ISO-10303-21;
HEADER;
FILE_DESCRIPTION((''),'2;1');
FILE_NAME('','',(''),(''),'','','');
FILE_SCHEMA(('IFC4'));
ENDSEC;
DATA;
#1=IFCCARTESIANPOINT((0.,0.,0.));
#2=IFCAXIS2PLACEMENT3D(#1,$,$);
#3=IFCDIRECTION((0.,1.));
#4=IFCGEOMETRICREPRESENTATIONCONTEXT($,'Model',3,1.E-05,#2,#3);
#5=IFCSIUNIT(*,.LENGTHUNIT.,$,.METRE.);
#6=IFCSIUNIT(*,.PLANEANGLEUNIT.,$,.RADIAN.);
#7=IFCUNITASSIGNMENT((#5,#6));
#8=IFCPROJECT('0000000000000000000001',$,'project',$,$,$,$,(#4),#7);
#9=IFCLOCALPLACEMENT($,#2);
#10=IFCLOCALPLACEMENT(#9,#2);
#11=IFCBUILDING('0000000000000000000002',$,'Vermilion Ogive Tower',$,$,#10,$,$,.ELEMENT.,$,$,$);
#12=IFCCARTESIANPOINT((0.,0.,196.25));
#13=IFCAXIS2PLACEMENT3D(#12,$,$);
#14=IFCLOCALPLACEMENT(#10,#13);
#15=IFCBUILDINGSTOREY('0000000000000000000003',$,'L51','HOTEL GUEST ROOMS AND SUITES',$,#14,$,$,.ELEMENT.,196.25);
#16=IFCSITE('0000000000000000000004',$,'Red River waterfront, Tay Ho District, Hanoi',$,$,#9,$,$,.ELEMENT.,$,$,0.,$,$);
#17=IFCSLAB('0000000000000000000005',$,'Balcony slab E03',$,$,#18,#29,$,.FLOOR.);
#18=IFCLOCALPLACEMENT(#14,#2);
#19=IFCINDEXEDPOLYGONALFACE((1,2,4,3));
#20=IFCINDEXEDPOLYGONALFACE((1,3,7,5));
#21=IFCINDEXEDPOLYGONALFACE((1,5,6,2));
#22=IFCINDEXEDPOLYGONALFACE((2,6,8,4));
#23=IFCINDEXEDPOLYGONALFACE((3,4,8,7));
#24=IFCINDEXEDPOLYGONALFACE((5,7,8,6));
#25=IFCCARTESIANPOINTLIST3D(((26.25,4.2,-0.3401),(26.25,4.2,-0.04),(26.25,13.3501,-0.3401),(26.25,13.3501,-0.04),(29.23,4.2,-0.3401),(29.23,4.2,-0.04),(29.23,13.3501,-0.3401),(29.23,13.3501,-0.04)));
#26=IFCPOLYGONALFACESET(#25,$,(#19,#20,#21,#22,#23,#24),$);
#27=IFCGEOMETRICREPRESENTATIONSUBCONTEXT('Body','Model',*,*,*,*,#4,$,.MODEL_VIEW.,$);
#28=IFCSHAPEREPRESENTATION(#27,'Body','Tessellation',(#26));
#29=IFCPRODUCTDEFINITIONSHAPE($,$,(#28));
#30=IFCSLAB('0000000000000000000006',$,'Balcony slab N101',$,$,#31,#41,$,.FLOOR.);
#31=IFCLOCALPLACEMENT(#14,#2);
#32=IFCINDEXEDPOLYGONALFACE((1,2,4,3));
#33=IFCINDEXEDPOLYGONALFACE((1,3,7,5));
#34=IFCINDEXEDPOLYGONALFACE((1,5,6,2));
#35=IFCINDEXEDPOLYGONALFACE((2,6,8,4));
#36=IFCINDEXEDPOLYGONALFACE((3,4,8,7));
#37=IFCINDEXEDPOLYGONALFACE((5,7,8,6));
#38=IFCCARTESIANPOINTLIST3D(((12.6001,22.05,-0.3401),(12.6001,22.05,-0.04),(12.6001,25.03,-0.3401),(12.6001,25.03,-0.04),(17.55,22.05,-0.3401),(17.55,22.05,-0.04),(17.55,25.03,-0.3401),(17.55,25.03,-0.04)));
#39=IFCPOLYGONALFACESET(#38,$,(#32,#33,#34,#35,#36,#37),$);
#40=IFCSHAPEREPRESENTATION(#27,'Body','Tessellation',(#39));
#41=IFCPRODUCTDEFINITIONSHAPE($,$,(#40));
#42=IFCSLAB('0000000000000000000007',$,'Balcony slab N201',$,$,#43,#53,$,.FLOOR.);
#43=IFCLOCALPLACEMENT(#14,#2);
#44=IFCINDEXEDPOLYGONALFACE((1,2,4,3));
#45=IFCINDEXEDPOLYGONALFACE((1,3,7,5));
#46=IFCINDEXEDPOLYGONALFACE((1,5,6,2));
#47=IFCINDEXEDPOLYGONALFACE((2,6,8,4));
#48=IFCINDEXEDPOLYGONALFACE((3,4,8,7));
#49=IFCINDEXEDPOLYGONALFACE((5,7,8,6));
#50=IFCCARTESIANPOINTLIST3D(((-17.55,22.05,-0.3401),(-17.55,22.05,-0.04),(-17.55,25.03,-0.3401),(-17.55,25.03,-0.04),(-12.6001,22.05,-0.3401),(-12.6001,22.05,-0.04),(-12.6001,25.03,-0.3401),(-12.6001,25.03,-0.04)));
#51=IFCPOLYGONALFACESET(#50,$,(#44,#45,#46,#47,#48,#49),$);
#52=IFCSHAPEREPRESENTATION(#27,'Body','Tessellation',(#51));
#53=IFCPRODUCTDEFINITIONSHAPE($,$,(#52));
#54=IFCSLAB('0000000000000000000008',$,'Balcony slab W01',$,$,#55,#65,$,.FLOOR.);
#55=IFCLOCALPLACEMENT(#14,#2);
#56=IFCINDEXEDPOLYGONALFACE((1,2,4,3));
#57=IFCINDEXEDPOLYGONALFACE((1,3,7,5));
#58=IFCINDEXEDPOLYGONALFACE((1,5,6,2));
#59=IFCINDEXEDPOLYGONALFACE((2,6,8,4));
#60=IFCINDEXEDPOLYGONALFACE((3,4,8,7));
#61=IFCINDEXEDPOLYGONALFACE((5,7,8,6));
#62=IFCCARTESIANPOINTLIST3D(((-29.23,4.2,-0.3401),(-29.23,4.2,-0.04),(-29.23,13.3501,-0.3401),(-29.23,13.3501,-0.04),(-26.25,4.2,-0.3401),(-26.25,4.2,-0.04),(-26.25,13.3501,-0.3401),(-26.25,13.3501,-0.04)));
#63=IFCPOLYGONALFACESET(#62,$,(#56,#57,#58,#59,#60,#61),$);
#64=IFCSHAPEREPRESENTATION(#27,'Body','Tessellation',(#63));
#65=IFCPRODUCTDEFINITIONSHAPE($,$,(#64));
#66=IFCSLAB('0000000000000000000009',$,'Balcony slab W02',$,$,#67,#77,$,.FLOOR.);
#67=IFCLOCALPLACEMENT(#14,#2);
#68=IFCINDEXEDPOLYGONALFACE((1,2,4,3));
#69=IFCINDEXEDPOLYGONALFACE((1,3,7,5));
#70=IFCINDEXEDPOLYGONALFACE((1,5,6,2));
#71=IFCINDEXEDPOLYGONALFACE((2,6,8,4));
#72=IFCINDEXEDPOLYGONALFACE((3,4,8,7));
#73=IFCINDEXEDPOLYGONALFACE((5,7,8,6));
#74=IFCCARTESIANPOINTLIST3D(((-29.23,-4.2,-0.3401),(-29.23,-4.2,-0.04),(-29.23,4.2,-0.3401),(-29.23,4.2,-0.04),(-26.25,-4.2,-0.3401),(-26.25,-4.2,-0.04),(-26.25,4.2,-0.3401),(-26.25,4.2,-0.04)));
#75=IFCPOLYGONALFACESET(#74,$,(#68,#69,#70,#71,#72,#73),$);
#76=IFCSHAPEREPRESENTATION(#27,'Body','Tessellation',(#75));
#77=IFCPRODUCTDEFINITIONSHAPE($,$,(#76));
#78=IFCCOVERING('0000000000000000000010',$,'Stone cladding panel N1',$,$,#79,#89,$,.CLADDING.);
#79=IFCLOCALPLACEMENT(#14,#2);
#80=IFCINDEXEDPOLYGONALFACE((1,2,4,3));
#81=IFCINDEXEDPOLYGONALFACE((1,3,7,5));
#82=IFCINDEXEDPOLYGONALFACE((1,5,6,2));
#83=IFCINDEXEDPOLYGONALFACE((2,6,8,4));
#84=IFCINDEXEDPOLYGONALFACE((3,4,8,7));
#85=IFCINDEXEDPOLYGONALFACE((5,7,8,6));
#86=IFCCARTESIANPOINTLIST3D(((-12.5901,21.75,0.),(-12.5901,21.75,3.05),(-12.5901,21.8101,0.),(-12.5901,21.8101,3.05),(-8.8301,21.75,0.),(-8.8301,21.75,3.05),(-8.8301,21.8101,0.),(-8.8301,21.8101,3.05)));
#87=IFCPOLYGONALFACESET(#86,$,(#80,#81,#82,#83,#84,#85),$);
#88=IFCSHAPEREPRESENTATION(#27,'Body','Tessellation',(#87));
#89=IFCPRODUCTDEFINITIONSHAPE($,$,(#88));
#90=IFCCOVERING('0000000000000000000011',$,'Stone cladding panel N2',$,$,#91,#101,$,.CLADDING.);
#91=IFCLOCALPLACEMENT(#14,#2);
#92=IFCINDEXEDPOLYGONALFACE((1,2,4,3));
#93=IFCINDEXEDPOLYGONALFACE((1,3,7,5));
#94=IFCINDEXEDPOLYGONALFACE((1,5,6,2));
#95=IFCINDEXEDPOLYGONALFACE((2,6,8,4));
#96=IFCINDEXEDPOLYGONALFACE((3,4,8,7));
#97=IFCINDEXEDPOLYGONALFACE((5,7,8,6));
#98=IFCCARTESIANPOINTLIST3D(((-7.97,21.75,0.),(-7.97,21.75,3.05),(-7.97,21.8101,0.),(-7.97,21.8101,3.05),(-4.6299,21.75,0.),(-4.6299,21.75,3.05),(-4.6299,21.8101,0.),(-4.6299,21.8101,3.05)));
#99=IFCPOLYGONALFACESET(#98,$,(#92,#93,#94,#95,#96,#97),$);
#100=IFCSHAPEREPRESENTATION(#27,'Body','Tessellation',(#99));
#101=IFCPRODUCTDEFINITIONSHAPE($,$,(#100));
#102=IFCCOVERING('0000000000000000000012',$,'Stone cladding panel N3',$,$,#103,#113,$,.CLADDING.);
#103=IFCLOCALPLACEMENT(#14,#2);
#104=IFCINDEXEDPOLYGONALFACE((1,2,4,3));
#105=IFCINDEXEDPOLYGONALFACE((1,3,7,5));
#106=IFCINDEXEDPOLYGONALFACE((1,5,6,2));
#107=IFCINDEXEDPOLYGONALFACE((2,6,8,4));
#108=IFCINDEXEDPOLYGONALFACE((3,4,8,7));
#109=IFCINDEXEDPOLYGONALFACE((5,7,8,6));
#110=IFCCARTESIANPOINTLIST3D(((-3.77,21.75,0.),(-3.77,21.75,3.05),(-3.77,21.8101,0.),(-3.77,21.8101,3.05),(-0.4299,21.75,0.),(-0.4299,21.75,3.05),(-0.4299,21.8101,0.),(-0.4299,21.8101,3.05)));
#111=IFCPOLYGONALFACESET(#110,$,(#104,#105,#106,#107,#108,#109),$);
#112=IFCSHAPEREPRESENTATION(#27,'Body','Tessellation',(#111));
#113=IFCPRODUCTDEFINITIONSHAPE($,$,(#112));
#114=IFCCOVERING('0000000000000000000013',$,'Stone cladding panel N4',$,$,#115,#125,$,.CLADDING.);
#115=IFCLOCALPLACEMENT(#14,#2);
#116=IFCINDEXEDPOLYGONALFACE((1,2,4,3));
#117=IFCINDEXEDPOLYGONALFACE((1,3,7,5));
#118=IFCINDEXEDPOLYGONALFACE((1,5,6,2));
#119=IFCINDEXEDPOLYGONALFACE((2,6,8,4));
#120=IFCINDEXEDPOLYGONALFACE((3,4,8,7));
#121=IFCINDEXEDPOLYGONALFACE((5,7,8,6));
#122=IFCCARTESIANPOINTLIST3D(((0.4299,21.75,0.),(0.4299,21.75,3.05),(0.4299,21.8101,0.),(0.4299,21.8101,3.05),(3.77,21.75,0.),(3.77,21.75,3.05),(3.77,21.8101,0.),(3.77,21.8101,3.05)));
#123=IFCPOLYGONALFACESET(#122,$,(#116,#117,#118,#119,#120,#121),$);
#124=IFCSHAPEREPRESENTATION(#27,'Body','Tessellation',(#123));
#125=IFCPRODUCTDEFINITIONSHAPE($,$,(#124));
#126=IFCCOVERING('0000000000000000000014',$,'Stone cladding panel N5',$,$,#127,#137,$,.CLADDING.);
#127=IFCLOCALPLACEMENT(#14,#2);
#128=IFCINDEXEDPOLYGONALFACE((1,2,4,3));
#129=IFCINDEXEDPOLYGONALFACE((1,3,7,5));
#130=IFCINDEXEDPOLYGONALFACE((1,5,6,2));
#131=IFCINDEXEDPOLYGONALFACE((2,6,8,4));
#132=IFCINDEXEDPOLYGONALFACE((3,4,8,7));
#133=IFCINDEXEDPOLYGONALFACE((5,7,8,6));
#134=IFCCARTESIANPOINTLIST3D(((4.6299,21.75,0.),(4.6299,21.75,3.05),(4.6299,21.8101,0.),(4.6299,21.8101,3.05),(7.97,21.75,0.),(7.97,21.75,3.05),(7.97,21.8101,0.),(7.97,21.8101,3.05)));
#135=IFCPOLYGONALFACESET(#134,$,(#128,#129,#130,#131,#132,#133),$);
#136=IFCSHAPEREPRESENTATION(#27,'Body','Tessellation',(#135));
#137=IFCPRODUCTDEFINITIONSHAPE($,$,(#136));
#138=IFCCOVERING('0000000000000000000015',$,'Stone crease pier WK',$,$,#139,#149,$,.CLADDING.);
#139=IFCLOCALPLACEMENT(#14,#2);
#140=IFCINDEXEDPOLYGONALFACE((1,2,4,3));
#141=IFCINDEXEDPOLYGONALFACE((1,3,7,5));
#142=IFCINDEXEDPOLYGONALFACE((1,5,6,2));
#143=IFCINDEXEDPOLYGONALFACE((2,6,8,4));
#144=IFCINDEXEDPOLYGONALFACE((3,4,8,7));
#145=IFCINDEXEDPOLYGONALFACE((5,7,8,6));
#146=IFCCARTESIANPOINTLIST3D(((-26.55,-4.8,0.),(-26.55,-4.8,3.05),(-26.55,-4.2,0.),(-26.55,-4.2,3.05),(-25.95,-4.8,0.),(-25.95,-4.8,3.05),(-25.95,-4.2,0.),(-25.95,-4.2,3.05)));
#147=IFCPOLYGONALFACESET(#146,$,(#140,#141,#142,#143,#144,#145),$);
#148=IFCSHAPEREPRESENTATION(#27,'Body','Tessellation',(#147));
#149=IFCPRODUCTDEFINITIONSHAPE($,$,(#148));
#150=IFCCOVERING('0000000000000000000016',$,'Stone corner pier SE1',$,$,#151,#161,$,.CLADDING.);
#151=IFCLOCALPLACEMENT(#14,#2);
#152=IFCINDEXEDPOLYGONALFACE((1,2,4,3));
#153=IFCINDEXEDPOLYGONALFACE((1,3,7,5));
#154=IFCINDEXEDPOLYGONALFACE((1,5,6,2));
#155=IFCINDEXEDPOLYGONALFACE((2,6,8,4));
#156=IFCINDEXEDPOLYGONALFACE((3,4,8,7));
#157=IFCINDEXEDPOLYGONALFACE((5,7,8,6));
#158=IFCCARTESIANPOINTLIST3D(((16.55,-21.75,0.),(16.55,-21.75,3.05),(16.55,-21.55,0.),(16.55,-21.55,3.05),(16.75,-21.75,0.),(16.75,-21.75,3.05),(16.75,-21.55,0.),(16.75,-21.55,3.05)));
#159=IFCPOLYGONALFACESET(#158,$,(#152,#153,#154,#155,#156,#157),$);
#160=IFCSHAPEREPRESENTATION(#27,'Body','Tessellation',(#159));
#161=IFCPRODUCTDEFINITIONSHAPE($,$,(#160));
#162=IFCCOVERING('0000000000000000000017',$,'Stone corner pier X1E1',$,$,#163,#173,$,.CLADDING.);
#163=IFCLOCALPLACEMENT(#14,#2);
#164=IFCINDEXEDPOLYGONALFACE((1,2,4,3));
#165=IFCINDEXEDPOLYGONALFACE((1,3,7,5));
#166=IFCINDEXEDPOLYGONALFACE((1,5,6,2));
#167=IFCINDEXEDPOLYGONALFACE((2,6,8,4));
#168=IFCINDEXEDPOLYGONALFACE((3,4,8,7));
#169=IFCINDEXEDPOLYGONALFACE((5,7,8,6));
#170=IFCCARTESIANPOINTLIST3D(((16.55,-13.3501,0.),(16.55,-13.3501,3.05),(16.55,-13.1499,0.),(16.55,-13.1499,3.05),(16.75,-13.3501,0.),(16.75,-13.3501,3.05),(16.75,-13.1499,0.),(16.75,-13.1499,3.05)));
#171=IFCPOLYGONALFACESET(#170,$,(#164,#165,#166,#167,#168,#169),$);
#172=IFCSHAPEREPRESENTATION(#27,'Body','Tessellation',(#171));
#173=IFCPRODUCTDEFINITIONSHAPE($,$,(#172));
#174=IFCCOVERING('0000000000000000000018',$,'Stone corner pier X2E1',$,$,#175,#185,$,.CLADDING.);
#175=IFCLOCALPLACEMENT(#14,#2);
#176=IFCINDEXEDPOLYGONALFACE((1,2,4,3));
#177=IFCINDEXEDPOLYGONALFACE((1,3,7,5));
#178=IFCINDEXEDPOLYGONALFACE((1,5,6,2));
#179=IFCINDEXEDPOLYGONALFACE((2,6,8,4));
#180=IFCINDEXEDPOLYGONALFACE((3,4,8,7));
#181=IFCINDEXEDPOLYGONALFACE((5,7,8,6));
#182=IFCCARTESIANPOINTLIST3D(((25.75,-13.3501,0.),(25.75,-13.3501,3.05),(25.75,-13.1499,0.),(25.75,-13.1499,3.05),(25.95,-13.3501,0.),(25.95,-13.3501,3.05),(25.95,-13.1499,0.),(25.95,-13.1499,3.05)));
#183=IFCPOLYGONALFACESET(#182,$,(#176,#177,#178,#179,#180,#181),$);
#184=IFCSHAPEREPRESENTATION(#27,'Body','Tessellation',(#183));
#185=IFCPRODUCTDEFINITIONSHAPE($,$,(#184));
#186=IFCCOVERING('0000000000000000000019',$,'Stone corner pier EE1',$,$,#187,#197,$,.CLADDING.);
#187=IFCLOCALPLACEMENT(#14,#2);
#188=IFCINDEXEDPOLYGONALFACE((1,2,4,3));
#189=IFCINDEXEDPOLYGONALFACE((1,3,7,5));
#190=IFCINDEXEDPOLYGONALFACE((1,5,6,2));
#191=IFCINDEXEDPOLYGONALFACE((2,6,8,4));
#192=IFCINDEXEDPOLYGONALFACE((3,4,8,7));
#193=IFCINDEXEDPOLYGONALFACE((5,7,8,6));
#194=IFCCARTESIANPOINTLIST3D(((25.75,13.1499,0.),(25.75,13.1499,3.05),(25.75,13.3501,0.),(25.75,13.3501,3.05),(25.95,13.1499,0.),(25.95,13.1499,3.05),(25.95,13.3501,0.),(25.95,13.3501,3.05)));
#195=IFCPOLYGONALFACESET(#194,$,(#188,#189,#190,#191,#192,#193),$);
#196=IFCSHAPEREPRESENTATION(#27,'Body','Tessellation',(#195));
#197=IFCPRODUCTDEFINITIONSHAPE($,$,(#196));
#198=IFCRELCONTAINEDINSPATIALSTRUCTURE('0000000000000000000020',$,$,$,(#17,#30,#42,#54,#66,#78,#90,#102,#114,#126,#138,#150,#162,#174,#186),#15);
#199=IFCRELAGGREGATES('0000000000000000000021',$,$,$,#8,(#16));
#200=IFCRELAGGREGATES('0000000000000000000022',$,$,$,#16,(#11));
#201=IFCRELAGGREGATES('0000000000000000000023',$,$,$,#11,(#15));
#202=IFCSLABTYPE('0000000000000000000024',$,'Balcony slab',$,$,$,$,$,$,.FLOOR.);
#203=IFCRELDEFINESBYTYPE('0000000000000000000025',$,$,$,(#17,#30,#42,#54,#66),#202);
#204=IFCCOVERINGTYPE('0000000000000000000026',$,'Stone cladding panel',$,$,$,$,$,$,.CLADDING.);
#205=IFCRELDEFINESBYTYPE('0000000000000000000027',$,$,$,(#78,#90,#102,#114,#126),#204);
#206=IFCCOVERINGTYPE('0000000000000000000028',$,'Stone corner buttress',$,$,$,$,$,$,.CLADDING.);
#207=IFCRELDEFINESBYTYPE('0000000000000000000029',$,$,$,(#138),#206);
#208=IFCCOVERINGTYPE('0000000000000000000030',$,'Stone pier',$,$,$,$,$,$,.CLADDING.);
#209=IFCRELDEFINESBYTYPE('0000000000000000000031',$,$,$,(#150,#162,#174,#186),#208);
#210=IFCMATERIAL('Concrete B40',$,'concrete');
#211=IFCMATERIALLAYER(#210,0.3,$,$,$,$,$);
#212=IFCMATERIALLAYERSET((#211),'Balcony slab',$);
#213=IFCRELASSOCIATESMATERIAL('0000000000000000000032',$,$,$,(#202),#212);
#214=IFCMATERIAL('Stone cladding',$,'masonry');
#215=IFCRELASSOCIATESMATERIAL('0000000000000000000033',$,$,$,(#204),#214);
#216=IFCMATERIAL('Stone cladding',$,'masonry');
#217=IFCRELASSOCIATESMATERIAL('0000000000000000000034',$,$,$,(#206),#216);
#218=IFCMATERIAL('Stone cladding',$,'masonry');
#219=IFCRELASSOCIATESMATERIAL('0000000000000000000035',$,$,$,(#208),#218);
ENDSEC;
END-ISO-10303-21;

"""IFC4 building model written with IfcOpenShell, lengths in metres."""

from ifc_helpers import new_model, si_unit, direction, frame, origin, place, context, subcontext, project, spatial, polyline, outline, extrude, material, layer, layer_set, type_object, element, save


model = new_model("IFC4")

# Units and contexts
model_context = context("Model", 3, precision=1e-05, world=origin(), true_north=direction((0.0, 1.0)))
body_context = subcontext(model_context, "Body", "Model", "MODEL_VIEW")
ifc_project = project(units=[si_unit("LENGTHUNIT", "METRE"), si_unit("PLANEANGLEUNIT", "RADIAN")], contexts=[model_context])

# Site, building, storey
site_placement = place(None, origin())
site = spatial("IfcSite", under=ifc_project, at=site_placement, Name="Red River waterfront, Tay Ho District, Hanoi", CompositionType="ELEMENT", RefElevation=0.0)
building_placement = place(site_placement, origin())
building = spatial("IfcBuilding", under=site, at=building_placement, Name="Vermilion Ogive Tower", CompositionType="ELEMENT")
storey_placement = place(building_placement, frame((0.0, 0.0, 196.25)))
storey = spatial("IfcBuildingStorey", under=building, at=storey_placement, Name="L51", Description="HOTEL GUEST ROOMS AND SUITES", CompositionType="ELEMENT", Elevation=196.25)

# Slabs
ifc_material_1 = material(Name="Concrete B40", Category="concrete")
ifc_layer = layer(ifc_material_1, 0.3)
ifc_layer_set = layer_set([ifc_layer], Name="Balcony slab")
slab_type = type_object("IfcSlabType", Name="Balcony slab", PredefinedType="FLOOR", material=ifc_layer_set)
slab_1_placement = place(storey_placement, frame((0.0, 0.0, -0.3401)))
element("IfcSlab", 1, at=slab_1_placement, inside=storey, type_object=slab_type, Name="Balcony slab E03", PredefinedType="FLOOR", context=body_context, shape_type="SweptSolid", body=[
    extrude(outline(polyline([(29.23, 4.2), (29.23, 13.3501), (26.25, 13.3501), (26.25, 4.2), (29.23, 4.2)])), origin(), (0.0, 0.0, 1.0), 0.3),
])
slab_2_placement = place(storey_placement, frame((0.0, 0.0, -0.3401)))
element("IfcSlab", 2, at=slab_2_placement, inside=storey, type_object=slab_type, Name="Balcony slab N101", PredefinedType="FLOOR", context=body_context, shape_type="SweptSolid", body=[
    extrude(outline(polyline([(17.55, 25.03), (12.6001, 25.03), (12.6001, 22.05), (17.55, 22.05), (17.55, 25.03)])), origin(), (0.0, 0.0, 1.0), 0.3),
])
slab_3_placement = place(storey_placement, frame((0.0, 0.0, -0.3401)))
element("IfcSlab", 3, at=slab_3_placement, inside=storey, type_object=slab_type, Name="Balcony slab N201", PredefinedType="FLOOR", context=body_context, shape_type="SweptSolid", body=[
    extrude(outline(polyline([(-12.6001, 25.03), (-17.55, 25.03), (-17.55, 22.05), (-12.6001, 22.05), (-12.6001, 25.03)])), origin(), (0.0, 0.0, 1.0), 0.3),
])
slab_4_placement = place(storey_placement, frame((0.0, 0.0, -0.3401)))
element("IfcSlab", 4, at=slab_4_placement, inside=storey, type_object=slab_type, Name="Balcony slab W01", PredefinedType="FLOOR", context=body_context, shape_type="SweptSolid", body=[
    extrude(outline(polyline([(-29.23, 13.3501), (-29.23, 4.2), (-26.25, 4.2), (-26.25, 13.3501), (-29.23, 13.3501)])), origin(), (0.0, 0.0, 1.0), 0.3),
])
slab_5_placement = place(storey_placement, frame((0.0, 0.0, -0.3401)))
element("IfcSlab", 5, at=slab_5_placement, inside=storey, type_object=slab_type, Name="Balcony slab W02", PredefinedType="FLOOR", context=body_context, shape_type="SweptSolid", body=[
    extrude(outline(polyline([(-29.23, 4.2), (-29.23, -4.2), (-26.25, -4.2), (-26.25, 4.2), (-29.23, 4.2)])), origin(), (0.0, 0.0, 1.0), 0.3),
])

# Coverings
ifc_material_2 = material(Name="Stone cladding", Category="masonry")
covering_type_1 = type_object("IfcCoveringType", Name="Stone cladding panel", PredefinedType="CLADDING", material=ifc_material_2)
covering_1_placement = place(storey_placement, origin())
element("IfcCovering", 6, at=covering_1_placement, inside=storey, type_object=covering_type_1, Name="Stone cladding panel N1", PredefinedType="CLADDING", context=body_context, shape_type="SweptSolid", body=[
    extrude(outline(polyline([(-12.5901, 21.75), (-8.8301, 21.75), (-8.8301, 21.8101), (-12.5901, 21.8101), (-12.5901, 21.75)])), origin(), (0.0, 0.0, 1.0), 3.05),
])
covering_2_placement = place(storey_placement, origin())
element("IfcCovering", 7, at=covering_2_placement, inside=storey, type_object=covering_type_1, Name="Stone cladding panel N2", PredefinedType="CLADDING", context=body_context, shape_type="SweptSolid", body=[
    extrude(outline(polyline([(-7.97, 21.75), (-4.6299, 21.75), (-4.6299, 21.8101), (-7.97, 21.8101), (-7.97, 21.75)])), origin(), (0.0, 0.0, 1.0), 3.05),
])
covering_3_placement = place(storey_placement, origin())
element("IfcCovering", 8, at=covering_3_placement, inside=storey, type_object=covering_type_1, Name="Stone cladding panel N3", PredefinedType="CLADDING", context=body_context, shape_type="SweptSolid", body=[
    extrude(outline(polyline([(-3.77, 21.75), (-0.4299, 21.75), (-0.4299, 21.8101), (-3.77, 21.8101), (-3.77, 21.75)])), origin(), (0.0, 0.0, 1.0), 3.05),
])
covering_4_placement = place(storey_placement, origin())
element("IfcCovering", 9, at=covering_4_placement, inside=storey, type_object=covering_type_1, Name="Stone cladding panel N4", PredefinedType="CLADDING", context=body_context, shape_type="SweptSolid", body=[
    extrude(outline(polyline([(0.4299, 21.75), (3.77, 21.75), (3.77, 21.8101), (0.4299, 21.8101), (0.4299, 21.75)])), origin(), (0.0, 0.0, 1.0), 3.05),
])
covering_5_placement = place(storey_placement, origin())
element("IfcCovering", 10, at=covering_5_placement, inside=storey, type_object=covering_type_1, Name="Stone cladding panel N5", PredefinedType="CLADDING", context=body_context, shape_type="SweptSolid", body=[
    extrude(outline(polyline([(4.6299, 21.75), (7.97, 21.75), (7.97, 21.8101), (4.6299, 21.8101), (4.6299, 21.75)])), origin(), (0.0, 0.0, 1.0), 3.05),
])
ifc_material_3 = material(Name="Stone cladding", Category="masonry")
covering_type_2 = type_object("IfcCoveringType", Name="Stone corner buttress", PredefinedType="CLADDING", material=ifc_material_3)
covering_6_placement = place(storey_placement, origin())
element("IfcCovering", 11, at=covering_6_placement, inside=storey, type_object=covering_type_2, Name="Stone crease pier WK", PredefinedType="CLADDING", context=body_context, shape_type="SweptSolid", body=[
    extrude(outline(polyline([(-26.55, -4.2), (-26.55, -4.8), (-25.95, -4.8), (-25.95, -4.2), (-26.55, -4.2)])), origin(), (0.0, 0.0, 1.0), 3.05),
])
ifc_material_4 = material(Name="Stone cladding", Category="masonry")
covering_type_3 = type_object("IfcCoveringType", Name="Stone pier", PredefinedType="CLADDING", material=ifc_material_4)
covering_7_placement = place(storey_placement, origin())
element("IfcCovering", 12, at=covering_7_placement, inside=storey, type_object=covering_type_3, Name="Stone corner pier SE1", PredefinedType="CLADDING", context=body_context, shape_type="SweptSolid", body=[
    extrude(outline(polyline([(16.55, -21.55), (16.75, -21.55), (16.75, -21.75), (16.55, -21.75), (16.55, -21.55)])), origin(), (0.0, 0.0, 1.0), 3.05),
])
covering_8_placement = place(storey_placement, origin())
element("IfcCovering", 13, at=covering_8_placement, inside=storey, type_object=covering_type_3, Name="Stone corner pier X1E1", PredefinedType="CLADDING", context=body_context, shape_type="SweptSolid", body=[
    extrude(outline(polyline([(16.55, -13.1499), (16.75, -13.1499), (16.75, -13.3501), (16.55, -13.3501), (16.55, -13.1499)])), origin(), (0.0, 0.0, 1.0), 3.05),
])
covering_9_placement = place(storey_placement, origin())
element("IfcCovering", 14, at=covering_9_placement, inside=storey, type_object=covering_type_3, Name="Stone corner pier X2E1", PredefinedType="CLADDING", context=body_context, shape_type="SweptSolid", body=[
    extrude(outline(polyline([(25.75, -13.1499), (25.95, -13.1499), (25.95, -13.3501), (25.75, -13.3501), (25.75, -13.1499)])), origin(), (0.0, 0.0, 1.0), 3.05),
])
covering_10_placement = place(storey_placement, origin())
element("IfcCovering", 15, at=covering_10_placement, inside=storey, type_object=covering_type_3, Name="Stone corner pier EE1", PredefinedType="CLADDING", context=body_context, shape_type="SweptSolid", body=[
    extrude(outline(polyline([(25.75, 13.1499), (25.75, 13.3501), (25.95, 13.3501), (25.95, 13.1499), (25.75, 13.1499)])), origin(), (0.0, 0.0, 1.0), 3.05),
])

save(model, "model.ifc")
